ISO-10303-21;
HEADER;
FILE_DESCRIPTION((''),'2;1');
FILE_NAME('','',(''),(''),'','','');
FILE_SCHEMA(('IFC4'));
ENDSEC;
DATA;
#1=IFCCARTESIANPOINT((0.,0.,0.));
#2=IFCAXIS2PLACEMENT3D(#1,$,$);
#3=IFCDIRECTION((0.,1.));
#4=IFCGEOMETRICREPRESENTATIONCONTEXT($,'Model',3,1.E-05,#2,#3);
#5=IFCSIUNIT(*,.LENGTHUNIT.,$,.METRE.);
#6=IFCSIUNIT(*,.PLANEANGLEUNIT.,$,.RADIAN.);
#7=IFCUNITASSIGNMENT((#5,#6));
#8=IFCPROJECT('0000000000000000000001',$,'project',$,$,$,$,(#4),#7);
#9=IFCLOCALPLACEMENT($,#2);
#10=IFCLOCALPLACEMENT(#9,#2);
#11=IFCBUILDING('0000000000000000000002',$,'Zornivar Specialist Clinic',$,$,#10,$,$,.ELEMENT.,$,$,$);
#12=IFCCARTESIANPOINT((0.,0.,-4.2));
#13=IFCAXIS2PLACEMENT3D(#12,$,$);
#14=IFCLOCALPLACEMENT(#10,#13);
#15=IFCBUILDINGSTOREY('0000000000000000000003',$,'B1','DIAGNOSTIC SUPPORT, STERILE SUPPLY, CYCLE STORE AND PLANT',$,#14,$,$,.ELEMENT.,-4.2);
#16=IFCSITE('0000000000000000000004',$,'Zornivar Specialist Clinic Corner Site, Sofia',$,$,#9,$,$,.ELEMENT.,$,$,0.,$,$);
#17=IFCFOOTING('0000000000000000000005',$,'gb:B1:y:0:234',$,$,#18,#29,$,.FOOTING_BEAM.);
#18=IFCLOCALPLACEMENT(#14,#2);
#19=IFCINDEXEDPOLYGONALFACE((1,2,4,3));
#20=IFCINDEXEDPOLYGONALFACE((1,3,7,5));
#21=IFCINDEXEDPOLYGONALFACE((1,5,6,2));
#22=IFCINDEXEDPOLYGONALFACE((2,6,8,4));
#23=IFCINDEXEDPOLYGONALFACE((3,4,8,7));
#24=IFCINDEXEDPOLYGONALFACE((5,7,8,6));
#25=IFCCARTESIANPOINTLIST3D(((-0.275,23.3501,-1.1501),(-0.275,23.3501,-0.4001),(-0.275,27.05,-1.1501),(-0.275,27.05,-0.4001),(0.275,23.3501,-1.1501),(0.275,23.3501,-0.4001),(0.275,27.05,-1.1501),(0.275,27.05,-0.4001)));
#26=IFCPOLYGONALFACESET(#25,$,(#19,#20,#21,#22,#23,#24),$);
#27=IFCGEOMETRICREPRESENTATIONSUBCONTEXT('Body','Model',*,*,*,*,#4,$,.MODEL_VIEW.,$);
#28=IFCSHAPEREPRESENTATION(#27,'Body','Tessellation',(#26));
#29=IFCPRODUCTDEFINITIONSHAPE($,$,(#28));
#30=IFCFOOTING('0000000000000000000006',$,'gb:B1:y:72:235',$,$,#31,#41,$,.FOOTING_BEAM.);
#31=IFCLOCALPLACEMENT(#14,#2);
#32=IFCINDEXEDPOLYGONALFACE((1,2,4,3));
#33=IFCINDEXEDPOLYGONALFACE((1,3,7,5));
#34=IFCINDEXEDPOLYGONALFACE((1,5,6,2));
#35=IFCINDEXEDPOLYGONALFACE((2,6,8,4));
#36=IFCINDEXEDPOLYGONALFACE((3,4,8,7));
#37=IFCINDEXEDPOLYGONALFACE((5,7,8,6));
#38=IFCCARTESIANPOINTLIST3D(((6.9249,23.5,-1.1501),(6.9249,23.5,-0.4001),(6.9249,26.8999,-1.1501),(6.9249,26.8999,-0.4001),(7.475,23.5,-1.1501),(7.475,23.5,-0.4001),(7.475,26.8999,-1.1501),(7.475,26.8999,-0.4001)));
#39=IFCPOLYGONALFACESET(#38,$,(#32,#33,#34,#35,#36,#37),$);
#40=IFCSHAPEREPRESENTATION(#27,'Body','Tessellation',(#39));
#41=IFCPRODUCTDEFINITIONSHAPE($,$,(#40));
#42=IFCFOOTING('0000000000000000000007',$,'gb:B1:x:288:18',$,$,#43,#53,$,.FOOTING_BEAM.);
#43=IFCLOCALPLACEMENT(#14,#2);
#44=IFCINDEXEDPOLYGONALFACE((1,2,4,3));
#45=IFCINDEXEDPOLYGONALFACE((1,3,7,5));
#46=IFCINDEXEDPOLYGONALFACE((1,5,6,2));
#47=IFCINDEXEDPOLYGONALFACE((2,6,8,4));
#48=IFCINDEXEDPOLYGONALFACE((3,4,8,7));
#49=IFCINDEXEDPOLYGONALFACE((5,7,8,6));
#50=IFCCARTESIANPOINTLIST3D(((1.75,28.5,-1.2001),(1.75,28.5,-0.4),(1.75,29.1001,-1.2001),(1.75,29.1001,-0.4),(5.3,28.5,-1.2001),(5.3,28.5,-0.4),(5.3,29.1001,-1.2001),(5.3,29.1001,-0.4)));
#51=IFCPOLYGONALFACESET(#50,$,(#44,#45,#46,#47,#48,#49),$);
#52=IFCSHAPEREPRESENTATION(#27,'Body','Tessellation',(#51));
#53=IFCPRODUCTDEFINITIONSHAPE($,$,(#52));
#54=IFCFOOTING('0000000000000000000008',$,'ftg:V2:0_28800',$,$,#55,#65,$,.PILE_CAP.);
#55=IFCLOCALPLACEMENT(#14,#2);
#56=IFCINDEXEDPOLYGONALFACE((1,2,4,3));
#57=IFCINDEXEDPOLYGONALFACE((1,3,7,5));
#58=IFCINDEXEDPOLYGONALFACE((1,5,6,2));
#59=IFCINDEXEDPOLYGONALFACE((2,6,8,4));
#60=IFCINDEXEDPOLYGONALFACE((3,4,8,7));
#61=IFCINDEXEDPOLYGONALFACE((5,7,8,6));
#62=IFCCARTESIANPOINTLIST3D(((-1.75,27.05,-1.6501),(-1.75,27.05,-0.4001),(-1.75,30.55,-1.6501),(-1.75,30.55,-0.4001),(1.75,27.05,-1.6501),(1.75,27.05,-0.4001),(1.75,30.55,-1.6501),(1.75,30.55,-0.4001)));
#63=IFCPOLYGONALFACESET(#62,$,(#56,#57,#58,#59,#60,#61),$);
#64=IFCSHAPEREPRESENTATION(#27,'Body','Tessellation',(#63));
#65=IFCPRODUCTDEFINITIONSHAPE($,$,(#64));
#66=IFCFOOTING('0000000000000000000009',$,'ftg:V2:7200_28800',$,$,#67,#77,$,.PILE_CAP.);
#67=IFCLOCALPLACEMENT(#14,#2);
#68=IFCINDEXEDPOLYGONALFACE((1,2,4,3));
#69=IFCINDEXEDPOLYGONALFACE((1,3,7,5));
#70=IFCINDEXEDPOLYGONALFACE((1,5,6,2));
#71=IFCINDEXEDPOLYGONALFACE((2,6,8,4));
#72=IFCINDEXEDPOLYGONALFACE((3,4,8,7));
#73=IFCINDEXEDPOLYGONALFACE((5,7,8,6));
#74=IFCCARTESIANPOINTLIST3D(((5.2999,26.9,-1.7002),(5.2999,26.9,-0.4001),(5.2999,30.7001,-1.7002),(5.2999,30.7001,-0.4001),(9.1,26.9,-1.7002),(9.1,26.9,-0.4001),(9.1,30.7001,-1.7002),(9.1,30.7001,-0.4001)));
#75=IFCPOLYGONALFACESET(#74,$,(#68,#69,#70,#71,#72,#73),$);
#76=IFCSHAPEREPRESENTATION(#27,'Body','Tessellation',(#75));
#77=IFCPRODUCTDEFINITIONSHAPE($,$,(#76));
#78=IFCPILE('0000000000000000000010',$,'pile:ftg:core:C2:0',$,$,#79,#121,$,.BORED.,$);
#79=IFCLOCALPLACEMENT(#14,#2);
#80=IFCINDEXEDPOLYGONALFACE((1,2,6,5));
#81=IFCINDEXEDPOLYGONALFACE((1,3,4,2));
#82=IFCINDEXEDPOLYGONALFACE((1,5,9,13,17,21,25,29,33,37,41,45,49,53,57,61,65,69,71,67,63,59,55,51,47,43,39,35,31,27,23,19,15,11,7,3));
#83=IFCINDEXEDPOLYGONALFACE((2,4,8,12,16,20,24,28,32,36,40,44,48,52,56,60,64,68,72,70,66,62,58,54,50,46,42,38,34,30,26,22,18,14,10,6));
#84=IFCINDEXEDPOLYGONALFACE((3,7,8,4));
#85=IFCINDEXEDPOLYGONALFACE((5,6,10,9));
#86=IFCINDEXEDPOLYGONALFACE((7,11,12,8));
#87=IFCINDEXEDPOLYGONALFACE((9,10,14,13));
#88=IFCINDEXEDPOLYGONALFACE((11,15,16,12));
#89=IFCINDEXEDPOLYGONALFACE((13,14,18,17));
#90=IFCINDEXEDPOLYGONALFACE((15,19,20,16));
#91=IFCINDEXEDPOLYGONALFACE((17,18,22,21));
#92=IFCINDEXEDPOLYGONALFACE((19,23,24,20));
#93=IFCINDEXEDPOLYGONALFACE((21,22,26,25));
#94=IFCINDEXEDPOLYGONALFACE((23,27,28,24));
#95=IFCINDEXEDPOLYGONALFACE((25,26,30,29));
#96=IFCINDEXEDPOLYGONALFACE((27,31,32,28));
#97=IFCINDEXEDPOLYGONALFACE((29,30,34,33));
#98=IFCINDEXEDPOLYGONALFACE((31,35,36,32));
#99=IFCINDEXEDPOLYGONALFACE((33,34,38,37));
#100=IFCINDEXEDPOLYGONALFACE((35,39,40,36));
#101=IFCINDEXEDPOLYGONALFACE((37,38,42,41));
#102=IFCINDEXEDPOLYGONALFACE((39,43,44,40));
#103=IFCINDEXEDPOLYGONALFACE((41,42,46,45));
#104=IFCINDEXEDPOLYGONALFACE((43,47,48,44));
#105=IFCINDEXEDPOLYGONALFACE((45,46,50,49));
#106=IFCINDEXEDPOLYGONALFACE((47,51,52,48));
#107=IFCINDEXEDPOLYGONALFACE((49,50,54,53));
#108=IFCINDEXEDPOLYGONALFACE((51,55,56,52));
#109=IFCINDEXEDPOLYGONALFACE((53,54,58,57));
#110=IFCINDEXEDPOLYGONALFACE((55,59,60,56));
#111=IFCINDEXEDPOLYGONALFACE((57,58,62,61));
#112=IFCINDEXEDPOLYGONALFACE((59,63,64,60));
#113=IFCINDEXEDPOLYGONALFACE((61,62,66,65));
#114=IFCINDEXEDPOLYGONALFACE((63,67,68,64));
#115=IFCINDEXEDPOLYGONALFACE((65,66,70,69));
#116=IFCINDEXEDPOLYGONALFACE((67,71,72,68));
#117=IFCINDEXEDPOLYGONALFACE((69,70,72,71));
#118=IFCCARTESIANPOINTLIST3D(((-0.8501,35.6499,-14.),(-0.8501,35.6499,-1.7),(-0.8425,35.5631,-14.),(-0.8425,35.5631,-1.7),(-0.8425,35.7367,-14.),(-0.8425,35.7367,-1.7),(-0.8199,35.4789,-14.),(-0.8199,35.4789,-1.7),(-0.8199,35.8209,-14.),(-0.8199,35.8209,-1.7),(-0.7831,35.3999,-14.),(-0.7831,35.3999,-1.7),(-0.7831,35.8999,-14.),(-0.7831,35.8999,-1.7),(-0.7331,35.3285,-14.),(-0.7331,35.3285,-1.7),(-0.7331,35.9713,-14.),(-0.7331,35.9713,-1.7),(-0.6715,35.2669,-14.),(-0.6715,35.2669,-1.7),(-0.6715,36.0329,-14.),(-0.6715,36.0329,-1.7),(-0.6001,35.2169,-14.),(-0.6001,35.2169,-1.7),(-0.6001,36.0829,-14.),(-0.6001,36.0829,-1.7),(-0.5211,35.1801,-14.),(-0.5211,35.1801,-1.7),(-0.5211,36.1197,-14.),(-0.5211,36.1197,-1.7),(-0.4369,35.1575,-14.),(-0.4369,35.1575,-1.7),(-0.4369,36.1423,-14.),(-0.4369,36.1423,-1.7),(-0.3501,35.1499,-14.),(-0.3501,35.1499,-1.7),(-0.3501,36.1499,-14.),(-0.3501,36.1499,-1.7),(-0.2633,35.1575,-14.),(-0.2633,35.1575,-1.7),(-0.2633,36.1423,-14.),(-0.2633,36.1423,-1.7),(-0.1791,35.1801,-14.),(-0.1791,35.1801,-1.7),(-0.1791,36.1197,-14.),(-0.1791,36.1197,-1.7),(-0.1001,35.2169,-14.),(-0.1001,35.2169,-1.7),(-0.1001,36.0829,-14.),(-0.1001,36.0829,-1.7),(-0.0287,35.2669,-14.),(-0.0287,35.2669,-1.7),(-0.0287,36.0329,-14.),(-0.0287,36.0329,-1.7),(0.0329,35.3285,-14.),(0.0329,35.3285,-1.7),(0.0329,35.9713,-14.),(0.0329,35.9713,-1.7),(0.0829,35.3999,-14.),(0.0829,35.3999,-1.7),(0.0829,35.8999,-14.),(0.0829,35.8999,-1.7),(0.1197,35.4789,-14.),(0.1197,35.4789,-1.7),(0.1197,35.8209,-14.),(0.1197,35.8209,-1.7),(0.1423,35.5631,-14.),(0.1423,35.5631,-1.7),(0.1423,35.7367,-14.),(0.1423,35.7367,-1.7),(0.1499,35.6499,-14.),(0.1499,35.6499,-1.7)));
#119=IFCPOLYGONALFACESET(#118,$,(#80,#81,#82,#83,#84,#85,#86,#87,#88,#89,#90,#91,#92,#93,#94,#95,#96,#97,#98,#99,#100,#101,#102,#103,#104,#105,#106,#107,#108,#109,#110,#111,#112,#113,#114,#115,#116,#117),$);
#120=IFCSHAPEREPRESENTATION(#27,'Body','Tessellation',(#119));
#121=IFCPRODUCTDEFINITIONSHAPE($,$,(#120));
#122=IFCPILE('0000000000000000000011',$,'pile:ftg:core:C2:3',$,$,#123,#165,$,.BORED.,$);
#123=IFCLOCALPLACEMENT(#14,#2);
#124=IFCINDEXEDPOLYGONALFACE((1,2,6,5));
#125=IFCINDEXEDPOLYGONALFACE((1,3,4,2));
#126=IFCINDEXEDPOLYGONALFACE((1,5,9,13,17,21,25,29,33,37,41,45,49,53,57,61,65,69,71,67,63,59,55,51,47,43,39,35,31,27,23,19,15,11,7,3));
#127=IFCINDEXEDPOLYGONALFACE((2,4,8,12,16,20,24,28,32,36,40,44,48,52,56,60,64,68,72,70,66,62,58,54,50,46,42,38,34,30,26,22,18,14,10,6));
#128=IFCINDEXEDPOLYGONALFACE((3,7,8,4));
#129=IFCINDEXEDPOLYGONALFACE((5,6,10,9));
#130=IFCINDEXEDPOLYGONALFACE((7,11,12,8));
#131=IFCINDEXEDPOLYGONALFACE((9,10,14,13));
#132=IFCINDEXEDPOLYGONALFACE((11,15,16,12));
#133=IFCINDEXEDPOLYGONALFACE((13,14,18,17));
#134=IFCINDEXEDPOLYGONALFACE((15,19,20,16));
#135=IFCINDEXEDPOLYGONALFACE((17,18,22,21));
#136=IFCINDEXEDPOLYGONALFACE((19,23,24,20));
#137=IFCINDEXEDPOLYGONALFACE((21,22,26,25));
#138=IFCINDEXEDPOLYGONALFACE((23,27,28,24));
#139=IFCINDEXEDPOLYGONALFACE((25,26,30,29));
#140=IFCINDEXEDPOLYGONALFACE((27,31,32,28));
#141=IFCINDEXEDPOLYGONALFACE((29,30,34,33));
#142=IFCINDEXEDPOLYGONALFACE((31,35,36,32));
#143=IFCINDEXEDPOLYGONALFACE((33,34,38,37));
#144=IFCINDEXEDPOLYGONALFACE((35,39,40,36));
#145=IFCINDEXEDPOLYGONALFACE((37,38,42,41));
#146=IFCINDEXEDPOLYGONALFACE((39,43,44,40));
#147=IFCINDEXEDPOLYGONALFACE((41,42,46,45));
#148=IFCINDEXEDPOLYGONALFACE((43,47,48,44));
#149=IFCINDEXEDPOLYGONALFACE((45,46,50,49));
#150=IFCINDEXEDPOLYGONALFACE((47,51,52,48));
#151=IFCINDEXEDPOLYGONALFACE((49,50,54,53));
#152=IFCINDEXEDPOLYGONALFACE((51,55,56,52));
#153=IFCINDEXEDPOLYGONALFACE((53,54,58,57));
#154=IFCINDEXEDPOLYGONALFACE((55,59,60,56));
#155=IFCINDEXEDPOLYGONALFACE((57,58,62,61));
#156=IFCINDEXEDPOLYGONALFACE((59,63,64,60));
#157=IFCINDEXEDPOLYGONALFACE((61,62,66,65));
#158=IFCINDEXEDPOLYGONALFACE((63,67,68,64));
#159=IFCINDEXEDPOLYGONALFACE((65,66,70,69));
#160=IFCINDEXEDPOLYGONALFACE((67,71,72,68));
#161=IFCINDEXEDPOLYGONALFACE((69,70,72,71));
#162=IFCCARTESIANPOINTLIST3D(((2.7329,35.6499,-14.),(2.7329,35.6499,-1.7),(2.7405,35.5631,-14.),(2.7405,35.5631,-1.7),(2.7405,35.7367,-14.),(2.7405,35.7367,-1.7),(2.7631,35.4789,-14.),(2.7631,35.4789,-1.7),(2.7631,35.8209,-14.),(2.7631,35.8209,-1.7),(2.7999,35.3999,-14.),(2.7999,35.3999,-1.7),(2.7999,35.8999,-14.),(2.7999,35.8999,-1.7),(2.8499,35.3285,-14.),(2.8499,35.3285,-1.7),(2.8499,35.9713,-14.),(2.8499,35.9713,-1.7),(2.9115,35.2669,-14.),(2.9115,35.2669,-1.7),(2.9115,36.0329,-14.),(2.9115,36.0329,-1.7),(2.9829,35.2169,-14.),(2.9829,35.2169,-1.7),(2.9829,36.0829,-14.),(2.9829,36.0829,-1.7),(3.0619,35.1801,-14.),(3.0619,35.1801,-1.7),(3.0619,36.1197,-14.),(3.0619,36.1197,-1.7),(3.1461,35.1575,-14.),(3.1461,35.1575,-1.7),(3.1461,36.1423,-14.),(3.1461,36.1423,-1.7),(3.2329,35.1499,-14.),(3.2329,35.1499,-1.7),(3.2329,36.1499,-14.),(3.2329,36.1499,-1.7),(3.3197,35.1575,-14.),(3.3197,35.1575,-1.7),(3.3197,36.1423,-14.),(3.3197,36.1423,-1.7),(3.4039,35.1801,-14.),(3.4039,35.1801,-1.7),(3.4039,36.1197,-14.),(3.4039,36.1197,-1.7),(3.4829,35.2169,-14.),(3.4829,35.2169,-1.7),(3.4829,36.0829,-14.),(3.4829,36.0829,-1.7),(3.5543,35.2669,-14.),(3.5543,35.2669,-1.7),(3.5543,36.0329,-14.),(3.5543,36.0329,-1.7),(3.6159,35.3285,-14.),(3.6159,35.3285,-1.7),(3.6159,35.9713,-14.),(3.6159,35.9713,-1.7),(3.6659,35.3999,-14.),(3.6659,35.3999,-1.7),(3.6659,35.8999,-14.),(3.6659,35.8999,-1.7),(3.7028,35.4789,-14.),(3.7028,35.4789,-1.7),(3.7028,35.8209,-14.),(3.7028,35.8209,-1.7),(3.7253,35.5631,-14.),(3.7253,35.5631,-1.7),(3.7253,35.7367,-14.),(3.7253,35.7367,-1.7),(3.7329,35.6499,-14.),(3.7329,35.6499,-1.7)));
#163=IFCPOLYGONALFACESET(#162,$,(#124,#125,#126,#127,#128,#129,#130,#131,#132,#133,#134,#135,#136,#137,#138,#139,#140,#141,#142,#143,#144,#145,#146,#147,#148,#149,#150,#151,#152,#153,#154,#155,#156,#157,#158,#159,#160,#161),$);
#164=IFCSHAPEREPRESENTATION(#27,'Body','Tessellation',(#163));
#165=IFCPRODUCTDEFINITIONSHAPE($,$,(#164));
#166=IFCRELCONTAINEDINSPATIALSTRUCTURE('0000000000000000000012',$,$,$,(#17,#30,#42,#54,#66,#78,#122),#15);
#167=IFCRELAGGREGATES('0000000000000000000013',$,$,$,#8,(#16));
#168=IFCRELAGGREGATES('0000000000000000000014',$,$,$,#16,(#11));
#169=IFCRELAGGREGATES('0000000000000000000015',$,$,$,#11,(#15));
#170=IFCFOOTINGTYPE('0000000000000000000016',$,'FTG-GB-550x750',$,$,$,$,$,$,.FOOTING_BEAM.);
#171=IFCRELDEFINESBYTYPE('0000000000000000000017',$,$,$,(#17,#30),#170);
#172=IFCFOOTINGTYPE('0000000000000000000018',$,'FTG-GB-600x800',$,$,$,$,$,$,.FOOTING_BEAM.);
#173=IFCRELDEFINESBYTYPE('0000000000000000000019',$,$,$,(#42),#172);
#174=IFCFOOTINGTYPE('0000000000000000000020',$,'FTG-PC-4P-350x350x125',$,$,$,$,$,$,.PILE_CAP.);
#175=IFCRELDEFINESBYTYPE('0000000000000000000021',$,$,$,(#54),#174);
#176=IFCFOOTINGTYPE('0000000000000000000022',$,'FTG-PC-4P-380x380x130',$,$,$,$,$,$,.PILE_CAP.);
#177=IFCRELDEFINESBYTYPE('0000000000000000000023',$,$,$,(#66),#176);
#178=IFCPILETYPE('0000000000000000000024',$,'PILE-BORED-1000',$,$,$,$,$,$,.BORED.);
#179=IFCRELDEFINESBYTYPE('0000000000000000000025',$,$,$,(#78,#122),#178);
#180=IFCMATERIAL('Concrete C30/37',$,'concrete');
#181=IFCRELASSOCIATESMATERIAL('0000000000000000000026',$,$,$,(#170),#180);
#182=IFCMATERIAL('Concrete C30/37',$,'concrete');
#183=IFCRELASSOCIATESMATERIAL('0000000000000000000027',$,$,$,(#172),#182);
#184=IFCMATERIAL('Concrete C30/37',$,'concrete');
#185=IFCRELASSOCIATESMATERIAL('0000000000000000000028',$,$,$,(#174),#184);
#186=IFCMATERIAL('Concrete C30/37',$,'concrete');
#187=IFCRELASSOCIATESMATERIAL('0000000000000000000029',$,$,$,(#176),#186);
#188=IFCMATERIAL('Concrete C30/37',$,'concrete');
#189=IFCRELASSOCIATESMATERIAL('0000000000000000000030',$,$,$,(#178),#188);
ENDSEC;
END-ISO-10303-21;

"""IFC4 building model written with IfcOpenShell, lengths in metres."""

from ifc_helpers import new_model, si_unit, direction, frame, origin, origin_2d, place, context, subcontext, project, spatial, rectangle, circle, extrude, material, material_profile, profile_set, type_object, element, save


model = new_model("IFC4")

# Units and contexts
model_context = context("Model", 3, precision=1e-05, world=origin(), true_north=direction((0.0, 1.0)))
body_context = subcontext(model_context, "Body", "Model", "MODEL_VIEW")
ifc_project = project(units=[si_unit("LENGTHUNIT", "METRE"), si_unit("PLANEANGLEUNIT", "RADIAN")], contexts=[model_context])

# Site, building, storey
site_placement = place(None, origin())
site = spatial("IfcSite", under=ifc_project, at=site_placement, Name="Zornivar Specialist Clinic Corner Site, Sofia", CompositionType="ELEMENT", RefElevation=0.0)
building_placement = place(site_placement, origin())
building = spatial("IfcBuilding", under=site, at=building_placement, Name="Zornivar Specialist Clinic", CompositionType="ELEMENT")
storey_placement = place(building_placement, frame((0.0, 0.0, -4.2)))
storey = spatial("IfcBuildingStorey", under=building, at=storey_placement, Name="B1", Description="DIAGNOSTIC SUPPORT, STERILE SUPPLY, CYCLE STORE AND PLANT", CompositionType="ELEMENT", Elevation=-4.2)

# Footings
ifc_material_1 = material(Name="Concrete C30/37", Category="concrete")
ifc_material_profile_1 = material_profile(ifc_material_1, rectangle(XDim=0.55, YDim=0.75, at=origin_2d()), Name="RC 550x750")
ifc_profile_set_1 = profile_set([ifc_material_profile_1], Name="Concrete C30/37")
footing_type_1 = type_object("IfcFootingType", Name="FTG-GB-550x750", PredefinedType="FOOTING_BEAM", material=ifc_profile_set_1)
footing_1_placement = place(storey_placement, frame((0.0, 23.3501, -0.7751), z_axis=(0.0, 1.0, 0.0), x_axis=(-1.0, 0.0, 0.0)))
element("IfcFooting", 1, at=footing_1_placement, inside=storey, type_object=footing_type_1, Name="gb:B1:y:0:234", PredefinedType="FOOTING_BEAM", context=body_context, shape_type="SweptSolid", body=[
    extrude(rectangle(XDim=0.55, YDim=0.75, at=origin_2d()), origin(), (0.0, 0.0, 1.0), 3.7),
])
footing_2_placement = place(storey_placement, frame((7.2, 23.5, -0.7751), z_axis=(0.0, 1.0, 0.0), x_axis=(-1.0, 0.0, 0.0)))
element("IfcFooting", 2, at=footing_2_placement, inside=storey, type_object=footing_type_1, Name="gb:B1:y:72:235", PredefinedType="FOOTING_BEAM", context=body_context, shape_type="SweptSolid", body=[
    extrude(rectangle(XDim=0.55, YDim=0.75, at=origin_2d()), origin(), (0.0, 0.0, 1.0), 3.3999),
])
ifc_material_2 = material(Name="Concrete C30/37", Category="concrete")
ifc_material_profile_2 = material_profile(ifc_material_2, rectangle(XDim=0.6001, YDim=0.8, at=origin_2d()), Name="RC 600x800")
ifc_profile_set_2 = profile_set([ifc_material_profile_2], Name="Concrete C30/37")
footing_type_2 = type_object("IfcFootingType", Name="FTG-GB-600x800", PredefinedType="FOOTING_BEAM", material=ifc_profile_set_2)
footing_3_placement = place(storey_placement, frame((1.75, 28.8, -0.8), z_axis=(1.0, 0.0, 0.0), x_axis=(0.0, 1.0, 0.0)))
element("IfcFooting", 3, at=footing_3_placement, inside=storey, type_object=footing_type_2, Name="gb:B1:x:288:18", PredefinedType="FOOTING_BEAM", context=body_context, shape_type="SweptSolid", body=[
    extrude(rectangle(XDim=0.6001, YDim=0.8, at=origin_2d()), origin(), (0.0, 0.0, 1.0), 3.55),
])
ifc_material_3 = material(Name="Concrete C30/37", Category="concrete")
footing_type_3 = type_object("IfcFootingType", Name="FTG-PC-4P-350x350x125", PredefinedType="PILE_CAP", material=ifc_material_3)
footing_4_placement = place(storey_placement, frame((0.0, 28.8, -1.6501), z_axis=(0.0, 0.0, 1.0), x_axis=(1.0, 0.0, 0.0)))
element("IfcFooting", 4, at=footing_4_placement, inside=storey, type_object=footing_type_3, Name="ftg:V2:0_28800", PredefinedType="PILE_CAP", context=body_context, shape_type="SweptSolid", body=[
    extrude(rectangle(XDim=3.5, YDim=3.5, at=origin_2d()), origin(), (0.0, 0.0, 1.0), 1.25),
])
ifc_material_4 = material(Name="Concrete C30/37", Category="concrete")
footing_type_4 = type_object("IfcFootingType", Name="FTG-PC-4P-380x380x130", PredefinedType="PILE_CAP", material=ifc_material_4)
footing_5_placement = place(storey_placement, frame((7.2, 28.8, -1.7002), z_axis=(0.0, 0.0, 1.0), x_axis=(1.0, 0.0, 0.0)))
element("IfcFooting", 5, at=footing_5_placement, inside=storey, type_object=footing_type_4, Name="ftg:V2:7200_28800", PredefinedType="PILE_CAP", context=body_context, shape_type="SweptSolid", body=[
    extrude(rectangle(XDim=3.8, YDim=3.8, at=origin_2d()), origin(), (0.0, 0.0, 1.0), 1.3),
])

# Piles
ifc_material_5 = material(Name="Concrete C30/37", Category="concrete")
ifc_material_profile_3 = material_profile(ifc_material_5, circle(Radius=0.5, at=origin_2d()), Name="PILE D1000")
ifc_profile_set_3 = profile_set([ifc_material_profile_3], Name="Concrete C30/37")
pile_type_1 = type_object("IfcPileType", Name="PILE-BORED-1000", PredefinedType="BORED", material=ifc_profile_set_3)
for number, where, z_axis, x_axis, name in (
    (6, (-0.3501, 35.6499, -1.7), (0.0, 0.0, -1.0), (1.0, 0.0, 0.0), "pile:ftg:core:C2:0"),
    (7, (3.2329, 35.6499, -1.7), (0.0, 0.0, -1.0), (1.0, 0.0, 0.0), "pile:ftg:core:C2:3"),
):
    element("IfcPile", number, at=place(storey_placement, frame(where, z_axis=z_axis, x_axis=x_axis)), inside=storey, type_object=pile_type_1, Name=name, PredefinedType="BORED", context=body_context, shape_type="SweptSolid", body=[
        extrude(circle(Radius=0.5, at=origin_2d()), origin(), (0.0, 0.0, 1.0), 12.3),
    ])

save(model, "model.ifc")
